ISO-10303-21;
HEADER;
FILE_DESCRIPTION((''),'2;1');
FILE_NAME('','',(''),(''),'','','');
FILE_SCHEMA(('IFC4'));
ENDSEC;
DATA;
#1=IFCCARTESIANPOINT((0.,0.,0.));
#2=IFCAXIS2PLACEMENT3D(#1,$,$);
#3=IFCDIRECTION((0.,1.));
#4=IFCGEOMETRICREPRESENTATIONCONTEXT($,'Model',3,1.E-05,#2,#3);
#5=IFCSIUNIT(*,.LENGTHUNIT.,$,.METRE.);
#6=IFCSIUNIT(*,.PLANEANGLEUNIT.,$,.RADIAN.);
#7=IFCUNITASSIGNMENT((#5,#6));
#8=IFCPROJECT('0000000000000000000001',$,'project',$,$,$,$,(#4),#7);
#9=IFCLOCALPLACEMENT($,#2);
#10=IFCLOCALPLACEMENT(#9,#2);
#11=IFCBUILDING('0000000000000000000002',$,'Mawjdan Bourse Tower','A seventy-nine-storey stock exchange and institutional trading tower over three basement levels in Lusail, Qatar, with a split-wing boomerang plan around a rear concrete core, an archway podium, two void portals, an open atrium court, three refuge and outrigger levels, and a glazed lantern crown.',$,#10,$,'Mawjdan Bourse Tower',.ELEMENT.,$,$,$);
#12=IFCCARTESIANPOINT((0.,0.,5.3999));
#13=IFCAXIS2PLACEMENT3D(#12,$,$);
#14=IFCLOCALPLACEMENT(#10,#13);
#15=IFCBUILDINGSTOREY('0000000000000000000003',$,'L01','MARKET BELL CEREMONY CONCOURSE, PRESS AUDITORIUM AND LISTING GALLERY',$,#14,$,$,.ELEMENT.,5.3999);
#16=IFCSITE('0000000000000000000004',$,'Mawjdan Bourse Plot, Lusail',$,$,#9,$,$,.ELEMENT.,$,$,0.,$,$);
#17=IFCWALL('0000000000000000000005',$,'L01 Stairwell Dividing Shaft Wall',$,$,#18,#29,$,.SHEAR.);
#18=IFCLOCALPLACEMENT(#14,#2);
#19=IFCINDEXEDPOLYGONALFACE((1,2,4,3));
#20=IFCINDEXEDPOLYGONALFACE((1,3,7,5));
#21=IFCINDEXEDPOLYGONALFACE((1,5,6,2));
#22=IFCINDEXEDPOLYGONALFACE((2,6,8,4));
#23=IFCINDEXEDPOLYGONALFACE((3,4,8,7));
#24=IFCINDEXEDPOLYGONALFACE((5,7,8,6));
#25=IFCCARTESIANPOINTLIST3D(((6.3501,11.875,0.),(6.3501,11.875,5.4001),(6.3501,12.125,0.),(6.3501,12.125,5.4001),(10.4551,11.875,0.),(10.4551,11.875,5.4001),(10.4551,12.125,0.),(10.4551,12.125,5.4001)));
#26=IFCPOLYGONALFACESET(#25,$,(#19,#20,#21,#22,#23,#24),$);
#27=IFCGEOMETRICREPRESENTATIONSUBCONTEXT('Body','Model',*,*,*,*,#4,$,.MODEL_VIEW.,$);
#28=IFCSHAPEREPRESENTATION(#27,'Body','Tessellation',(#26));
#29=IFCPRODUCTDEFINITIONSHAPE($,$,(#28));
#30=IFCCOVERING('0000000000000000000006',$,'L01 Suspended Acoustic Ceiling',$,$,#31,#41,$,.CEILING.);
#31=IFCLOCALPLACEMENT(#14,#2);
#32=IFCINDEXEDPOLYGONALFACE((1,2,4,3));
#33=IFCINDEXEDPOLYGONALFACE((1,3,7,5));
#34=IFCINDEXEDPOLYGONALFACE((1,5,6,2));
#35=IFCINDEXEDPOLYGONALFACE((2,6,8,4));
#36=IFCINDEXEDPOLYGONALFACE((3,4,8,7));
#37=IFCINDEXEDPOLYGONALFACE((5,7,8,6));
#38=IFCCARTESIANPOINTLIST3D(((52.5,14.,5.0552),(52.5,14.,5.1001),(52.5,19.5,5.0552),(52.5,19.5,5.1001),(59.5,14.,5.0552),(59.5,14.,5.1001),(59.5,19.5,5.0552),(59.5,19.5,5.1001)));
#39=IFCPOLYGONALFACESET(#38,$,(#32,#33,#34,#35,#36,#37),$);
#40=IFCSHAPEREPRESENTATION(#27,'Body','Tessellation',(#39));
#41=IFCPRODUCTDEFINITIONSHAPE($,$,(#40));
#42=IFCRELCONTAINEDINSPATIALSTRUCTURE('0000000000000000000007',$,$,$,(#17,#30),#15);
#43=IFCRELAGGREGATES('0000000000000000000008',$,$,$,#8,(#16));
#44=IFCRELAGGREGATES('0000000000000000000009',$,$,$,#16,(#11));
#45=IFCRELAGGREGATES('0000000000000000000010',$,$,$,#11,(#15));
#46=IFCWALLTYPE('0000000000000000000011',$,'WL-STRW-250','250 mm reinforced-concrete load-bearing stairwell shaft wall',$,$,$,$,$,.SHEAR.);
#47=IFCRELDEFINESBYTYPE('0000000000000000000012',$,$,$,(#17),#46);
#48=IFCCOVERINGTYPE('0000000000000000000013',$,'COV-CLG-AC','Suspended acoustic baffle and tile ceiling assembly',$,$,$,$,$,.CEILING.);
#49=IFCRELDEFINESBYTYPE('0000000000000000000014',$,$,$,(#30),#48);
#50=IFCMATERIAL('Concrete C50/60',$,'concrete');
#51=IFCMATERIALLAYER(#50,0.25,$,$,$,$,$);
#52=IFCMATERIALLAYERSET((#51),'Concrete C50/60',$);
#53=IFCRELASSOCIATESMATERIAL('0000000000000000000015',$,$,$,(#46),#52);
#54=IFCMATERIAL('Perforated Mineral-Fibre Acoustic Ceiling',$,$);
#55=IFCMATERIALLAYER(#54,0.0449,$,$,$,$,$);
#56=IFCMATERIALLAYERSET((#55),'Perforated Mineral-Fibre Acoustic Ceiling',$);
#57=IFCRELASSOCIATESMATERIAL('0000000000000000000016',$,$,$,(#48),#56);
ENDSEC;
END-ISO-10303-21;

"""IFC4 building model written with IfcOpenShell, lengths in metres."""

from ifc_helpers import new_model, si_unit, direction, frame, frame_2d, origin, place, context, subcontext, project, spatial, polyline, rectangle, outline, extrude, material, layer, layer_set, type_object, element, save


model = new_model("IFC4")

# Units and contexts
model_context = context("Model", 3, precision=1e-05, world=origin(), true_north=direction((0.0, 1.0)))
body_context = subcontext(model_context, "Body", "Model", "MODEL_VIEW")
ifc_project = project(units=[si_unit("LENGTHUNIT", "METRE"), si_unit("PLANEANGLEUNIT", "RADIAN")], contexts=[model_context])

# Site, building, storey
site_placement = place(None, origin())
site = spatial("IfcSite", under=ifc_project, at=site_placement, Name="Mawjdan Bourse Plot, Lusail", CompositionType="ELEMENT", RefElevation=0.0)
building_placement = place(site_placement, origin())
building = spatial("IfcBuilding", under=site, at=building_placement, Name="Mawjdan Bourse Tower", Description="A seventy-nine-storey stock exchange and institutional trading tower over three basement levels in Lusail, Qatar, with a split-wing boomerang plan around a rear concrete core, an archway podium, two void portals, an open atrium court, three refuge and outrigger levels, and a glazed lantern crown.", LongName="Mawjdan Bourse Tower", CompositionType="ELEMENT")
storey_placement = place(building_placement, frame((0.0, 0.0, 5.3999)))
storey = spatial("IfcBuildingStorey", under=building, at=storey_placement, Name="L01", Description="MARKET BELL CEREMONY CONCOURSE, PRESS AUDITORIUM AND LISTING GALLERY", CompositionType="ELEMENT", Elevation=5.3999)

# Shared definitions
ifc_material_1 = material(Name="Concrete C50/60", Category="concrete")

# Wall
ifc_layer_1 = layer(ifc_material_1, 0.25)
ifc_layer_set_1 = layer_set([ifc_layer_1], Name="Concrete C50/60")
wall_type_1 = type_object("IfcWallType", Name="WL-STRW-250", Description="250 mm reinforced-concrete load-bearing stairwell shaft wall", PredefinedType="SHEAR", material=ifc_layer_set_1)
wall_1_placement = place(storey_placement, frame((6.3501, 12.0, 0.0), z_axis=(0.0, 0.0, 1.0), x_axis=(1.0, 0.0, 0.0)))
element("IfcWall", 1, at=wall_1_placement, inside=storey, type_object=wall_type_1, Name="L01 Stairwell Dividing Shaft Wall", PredefinedType="SHEAR", context=body_context, shape_type="SweptSolid", body=[
    extrude(rectangle(XDim=4.105, YDim=0.25, at=frame_2d((2.0525, 0.0))), origin(), (0.0, 0.0, 1.0), 5.4001),
])

# Covering
ifc_material_2 = material(Name="Perforated Mineral-Fibre Acoustic Ceiling")
ifc_layer_2 = layer(ifc_material_2, 0.0449)
ifc_layer_set_2 = layer_set([ifc_layer_2], Name="Perforated Mineral-Fibre Acoustic Ceiling")
covering_type = type_object("IfcCoveringType", Name="COV-CLG-AC", Description="Suspended acoustic baffle and tile ceiling assembly", PredefinedType="CEILING", material=ifc_layer_set_2)
covering_placement = place(storey_placement, frame((0.0, 0.0, 5.0552)))
element("IfcCovering", 2, at=covering_placement, inside=storey, type_object=covering_type, Name="L01 Suspended Acoustic Ceiling", PredefinedType="CEILING", context=body_context, shape_type="SweptSolid", body=[
    extrude(outline(polyline([(52.5, 14.0), (59.5, 14.0), (59.5, 19.5), (52.5, 19.5), (52.5, 14.0)])), origin(), (0.0, 0.0, 1.0), 0.0449),
])

save(model, "model.ifc")
